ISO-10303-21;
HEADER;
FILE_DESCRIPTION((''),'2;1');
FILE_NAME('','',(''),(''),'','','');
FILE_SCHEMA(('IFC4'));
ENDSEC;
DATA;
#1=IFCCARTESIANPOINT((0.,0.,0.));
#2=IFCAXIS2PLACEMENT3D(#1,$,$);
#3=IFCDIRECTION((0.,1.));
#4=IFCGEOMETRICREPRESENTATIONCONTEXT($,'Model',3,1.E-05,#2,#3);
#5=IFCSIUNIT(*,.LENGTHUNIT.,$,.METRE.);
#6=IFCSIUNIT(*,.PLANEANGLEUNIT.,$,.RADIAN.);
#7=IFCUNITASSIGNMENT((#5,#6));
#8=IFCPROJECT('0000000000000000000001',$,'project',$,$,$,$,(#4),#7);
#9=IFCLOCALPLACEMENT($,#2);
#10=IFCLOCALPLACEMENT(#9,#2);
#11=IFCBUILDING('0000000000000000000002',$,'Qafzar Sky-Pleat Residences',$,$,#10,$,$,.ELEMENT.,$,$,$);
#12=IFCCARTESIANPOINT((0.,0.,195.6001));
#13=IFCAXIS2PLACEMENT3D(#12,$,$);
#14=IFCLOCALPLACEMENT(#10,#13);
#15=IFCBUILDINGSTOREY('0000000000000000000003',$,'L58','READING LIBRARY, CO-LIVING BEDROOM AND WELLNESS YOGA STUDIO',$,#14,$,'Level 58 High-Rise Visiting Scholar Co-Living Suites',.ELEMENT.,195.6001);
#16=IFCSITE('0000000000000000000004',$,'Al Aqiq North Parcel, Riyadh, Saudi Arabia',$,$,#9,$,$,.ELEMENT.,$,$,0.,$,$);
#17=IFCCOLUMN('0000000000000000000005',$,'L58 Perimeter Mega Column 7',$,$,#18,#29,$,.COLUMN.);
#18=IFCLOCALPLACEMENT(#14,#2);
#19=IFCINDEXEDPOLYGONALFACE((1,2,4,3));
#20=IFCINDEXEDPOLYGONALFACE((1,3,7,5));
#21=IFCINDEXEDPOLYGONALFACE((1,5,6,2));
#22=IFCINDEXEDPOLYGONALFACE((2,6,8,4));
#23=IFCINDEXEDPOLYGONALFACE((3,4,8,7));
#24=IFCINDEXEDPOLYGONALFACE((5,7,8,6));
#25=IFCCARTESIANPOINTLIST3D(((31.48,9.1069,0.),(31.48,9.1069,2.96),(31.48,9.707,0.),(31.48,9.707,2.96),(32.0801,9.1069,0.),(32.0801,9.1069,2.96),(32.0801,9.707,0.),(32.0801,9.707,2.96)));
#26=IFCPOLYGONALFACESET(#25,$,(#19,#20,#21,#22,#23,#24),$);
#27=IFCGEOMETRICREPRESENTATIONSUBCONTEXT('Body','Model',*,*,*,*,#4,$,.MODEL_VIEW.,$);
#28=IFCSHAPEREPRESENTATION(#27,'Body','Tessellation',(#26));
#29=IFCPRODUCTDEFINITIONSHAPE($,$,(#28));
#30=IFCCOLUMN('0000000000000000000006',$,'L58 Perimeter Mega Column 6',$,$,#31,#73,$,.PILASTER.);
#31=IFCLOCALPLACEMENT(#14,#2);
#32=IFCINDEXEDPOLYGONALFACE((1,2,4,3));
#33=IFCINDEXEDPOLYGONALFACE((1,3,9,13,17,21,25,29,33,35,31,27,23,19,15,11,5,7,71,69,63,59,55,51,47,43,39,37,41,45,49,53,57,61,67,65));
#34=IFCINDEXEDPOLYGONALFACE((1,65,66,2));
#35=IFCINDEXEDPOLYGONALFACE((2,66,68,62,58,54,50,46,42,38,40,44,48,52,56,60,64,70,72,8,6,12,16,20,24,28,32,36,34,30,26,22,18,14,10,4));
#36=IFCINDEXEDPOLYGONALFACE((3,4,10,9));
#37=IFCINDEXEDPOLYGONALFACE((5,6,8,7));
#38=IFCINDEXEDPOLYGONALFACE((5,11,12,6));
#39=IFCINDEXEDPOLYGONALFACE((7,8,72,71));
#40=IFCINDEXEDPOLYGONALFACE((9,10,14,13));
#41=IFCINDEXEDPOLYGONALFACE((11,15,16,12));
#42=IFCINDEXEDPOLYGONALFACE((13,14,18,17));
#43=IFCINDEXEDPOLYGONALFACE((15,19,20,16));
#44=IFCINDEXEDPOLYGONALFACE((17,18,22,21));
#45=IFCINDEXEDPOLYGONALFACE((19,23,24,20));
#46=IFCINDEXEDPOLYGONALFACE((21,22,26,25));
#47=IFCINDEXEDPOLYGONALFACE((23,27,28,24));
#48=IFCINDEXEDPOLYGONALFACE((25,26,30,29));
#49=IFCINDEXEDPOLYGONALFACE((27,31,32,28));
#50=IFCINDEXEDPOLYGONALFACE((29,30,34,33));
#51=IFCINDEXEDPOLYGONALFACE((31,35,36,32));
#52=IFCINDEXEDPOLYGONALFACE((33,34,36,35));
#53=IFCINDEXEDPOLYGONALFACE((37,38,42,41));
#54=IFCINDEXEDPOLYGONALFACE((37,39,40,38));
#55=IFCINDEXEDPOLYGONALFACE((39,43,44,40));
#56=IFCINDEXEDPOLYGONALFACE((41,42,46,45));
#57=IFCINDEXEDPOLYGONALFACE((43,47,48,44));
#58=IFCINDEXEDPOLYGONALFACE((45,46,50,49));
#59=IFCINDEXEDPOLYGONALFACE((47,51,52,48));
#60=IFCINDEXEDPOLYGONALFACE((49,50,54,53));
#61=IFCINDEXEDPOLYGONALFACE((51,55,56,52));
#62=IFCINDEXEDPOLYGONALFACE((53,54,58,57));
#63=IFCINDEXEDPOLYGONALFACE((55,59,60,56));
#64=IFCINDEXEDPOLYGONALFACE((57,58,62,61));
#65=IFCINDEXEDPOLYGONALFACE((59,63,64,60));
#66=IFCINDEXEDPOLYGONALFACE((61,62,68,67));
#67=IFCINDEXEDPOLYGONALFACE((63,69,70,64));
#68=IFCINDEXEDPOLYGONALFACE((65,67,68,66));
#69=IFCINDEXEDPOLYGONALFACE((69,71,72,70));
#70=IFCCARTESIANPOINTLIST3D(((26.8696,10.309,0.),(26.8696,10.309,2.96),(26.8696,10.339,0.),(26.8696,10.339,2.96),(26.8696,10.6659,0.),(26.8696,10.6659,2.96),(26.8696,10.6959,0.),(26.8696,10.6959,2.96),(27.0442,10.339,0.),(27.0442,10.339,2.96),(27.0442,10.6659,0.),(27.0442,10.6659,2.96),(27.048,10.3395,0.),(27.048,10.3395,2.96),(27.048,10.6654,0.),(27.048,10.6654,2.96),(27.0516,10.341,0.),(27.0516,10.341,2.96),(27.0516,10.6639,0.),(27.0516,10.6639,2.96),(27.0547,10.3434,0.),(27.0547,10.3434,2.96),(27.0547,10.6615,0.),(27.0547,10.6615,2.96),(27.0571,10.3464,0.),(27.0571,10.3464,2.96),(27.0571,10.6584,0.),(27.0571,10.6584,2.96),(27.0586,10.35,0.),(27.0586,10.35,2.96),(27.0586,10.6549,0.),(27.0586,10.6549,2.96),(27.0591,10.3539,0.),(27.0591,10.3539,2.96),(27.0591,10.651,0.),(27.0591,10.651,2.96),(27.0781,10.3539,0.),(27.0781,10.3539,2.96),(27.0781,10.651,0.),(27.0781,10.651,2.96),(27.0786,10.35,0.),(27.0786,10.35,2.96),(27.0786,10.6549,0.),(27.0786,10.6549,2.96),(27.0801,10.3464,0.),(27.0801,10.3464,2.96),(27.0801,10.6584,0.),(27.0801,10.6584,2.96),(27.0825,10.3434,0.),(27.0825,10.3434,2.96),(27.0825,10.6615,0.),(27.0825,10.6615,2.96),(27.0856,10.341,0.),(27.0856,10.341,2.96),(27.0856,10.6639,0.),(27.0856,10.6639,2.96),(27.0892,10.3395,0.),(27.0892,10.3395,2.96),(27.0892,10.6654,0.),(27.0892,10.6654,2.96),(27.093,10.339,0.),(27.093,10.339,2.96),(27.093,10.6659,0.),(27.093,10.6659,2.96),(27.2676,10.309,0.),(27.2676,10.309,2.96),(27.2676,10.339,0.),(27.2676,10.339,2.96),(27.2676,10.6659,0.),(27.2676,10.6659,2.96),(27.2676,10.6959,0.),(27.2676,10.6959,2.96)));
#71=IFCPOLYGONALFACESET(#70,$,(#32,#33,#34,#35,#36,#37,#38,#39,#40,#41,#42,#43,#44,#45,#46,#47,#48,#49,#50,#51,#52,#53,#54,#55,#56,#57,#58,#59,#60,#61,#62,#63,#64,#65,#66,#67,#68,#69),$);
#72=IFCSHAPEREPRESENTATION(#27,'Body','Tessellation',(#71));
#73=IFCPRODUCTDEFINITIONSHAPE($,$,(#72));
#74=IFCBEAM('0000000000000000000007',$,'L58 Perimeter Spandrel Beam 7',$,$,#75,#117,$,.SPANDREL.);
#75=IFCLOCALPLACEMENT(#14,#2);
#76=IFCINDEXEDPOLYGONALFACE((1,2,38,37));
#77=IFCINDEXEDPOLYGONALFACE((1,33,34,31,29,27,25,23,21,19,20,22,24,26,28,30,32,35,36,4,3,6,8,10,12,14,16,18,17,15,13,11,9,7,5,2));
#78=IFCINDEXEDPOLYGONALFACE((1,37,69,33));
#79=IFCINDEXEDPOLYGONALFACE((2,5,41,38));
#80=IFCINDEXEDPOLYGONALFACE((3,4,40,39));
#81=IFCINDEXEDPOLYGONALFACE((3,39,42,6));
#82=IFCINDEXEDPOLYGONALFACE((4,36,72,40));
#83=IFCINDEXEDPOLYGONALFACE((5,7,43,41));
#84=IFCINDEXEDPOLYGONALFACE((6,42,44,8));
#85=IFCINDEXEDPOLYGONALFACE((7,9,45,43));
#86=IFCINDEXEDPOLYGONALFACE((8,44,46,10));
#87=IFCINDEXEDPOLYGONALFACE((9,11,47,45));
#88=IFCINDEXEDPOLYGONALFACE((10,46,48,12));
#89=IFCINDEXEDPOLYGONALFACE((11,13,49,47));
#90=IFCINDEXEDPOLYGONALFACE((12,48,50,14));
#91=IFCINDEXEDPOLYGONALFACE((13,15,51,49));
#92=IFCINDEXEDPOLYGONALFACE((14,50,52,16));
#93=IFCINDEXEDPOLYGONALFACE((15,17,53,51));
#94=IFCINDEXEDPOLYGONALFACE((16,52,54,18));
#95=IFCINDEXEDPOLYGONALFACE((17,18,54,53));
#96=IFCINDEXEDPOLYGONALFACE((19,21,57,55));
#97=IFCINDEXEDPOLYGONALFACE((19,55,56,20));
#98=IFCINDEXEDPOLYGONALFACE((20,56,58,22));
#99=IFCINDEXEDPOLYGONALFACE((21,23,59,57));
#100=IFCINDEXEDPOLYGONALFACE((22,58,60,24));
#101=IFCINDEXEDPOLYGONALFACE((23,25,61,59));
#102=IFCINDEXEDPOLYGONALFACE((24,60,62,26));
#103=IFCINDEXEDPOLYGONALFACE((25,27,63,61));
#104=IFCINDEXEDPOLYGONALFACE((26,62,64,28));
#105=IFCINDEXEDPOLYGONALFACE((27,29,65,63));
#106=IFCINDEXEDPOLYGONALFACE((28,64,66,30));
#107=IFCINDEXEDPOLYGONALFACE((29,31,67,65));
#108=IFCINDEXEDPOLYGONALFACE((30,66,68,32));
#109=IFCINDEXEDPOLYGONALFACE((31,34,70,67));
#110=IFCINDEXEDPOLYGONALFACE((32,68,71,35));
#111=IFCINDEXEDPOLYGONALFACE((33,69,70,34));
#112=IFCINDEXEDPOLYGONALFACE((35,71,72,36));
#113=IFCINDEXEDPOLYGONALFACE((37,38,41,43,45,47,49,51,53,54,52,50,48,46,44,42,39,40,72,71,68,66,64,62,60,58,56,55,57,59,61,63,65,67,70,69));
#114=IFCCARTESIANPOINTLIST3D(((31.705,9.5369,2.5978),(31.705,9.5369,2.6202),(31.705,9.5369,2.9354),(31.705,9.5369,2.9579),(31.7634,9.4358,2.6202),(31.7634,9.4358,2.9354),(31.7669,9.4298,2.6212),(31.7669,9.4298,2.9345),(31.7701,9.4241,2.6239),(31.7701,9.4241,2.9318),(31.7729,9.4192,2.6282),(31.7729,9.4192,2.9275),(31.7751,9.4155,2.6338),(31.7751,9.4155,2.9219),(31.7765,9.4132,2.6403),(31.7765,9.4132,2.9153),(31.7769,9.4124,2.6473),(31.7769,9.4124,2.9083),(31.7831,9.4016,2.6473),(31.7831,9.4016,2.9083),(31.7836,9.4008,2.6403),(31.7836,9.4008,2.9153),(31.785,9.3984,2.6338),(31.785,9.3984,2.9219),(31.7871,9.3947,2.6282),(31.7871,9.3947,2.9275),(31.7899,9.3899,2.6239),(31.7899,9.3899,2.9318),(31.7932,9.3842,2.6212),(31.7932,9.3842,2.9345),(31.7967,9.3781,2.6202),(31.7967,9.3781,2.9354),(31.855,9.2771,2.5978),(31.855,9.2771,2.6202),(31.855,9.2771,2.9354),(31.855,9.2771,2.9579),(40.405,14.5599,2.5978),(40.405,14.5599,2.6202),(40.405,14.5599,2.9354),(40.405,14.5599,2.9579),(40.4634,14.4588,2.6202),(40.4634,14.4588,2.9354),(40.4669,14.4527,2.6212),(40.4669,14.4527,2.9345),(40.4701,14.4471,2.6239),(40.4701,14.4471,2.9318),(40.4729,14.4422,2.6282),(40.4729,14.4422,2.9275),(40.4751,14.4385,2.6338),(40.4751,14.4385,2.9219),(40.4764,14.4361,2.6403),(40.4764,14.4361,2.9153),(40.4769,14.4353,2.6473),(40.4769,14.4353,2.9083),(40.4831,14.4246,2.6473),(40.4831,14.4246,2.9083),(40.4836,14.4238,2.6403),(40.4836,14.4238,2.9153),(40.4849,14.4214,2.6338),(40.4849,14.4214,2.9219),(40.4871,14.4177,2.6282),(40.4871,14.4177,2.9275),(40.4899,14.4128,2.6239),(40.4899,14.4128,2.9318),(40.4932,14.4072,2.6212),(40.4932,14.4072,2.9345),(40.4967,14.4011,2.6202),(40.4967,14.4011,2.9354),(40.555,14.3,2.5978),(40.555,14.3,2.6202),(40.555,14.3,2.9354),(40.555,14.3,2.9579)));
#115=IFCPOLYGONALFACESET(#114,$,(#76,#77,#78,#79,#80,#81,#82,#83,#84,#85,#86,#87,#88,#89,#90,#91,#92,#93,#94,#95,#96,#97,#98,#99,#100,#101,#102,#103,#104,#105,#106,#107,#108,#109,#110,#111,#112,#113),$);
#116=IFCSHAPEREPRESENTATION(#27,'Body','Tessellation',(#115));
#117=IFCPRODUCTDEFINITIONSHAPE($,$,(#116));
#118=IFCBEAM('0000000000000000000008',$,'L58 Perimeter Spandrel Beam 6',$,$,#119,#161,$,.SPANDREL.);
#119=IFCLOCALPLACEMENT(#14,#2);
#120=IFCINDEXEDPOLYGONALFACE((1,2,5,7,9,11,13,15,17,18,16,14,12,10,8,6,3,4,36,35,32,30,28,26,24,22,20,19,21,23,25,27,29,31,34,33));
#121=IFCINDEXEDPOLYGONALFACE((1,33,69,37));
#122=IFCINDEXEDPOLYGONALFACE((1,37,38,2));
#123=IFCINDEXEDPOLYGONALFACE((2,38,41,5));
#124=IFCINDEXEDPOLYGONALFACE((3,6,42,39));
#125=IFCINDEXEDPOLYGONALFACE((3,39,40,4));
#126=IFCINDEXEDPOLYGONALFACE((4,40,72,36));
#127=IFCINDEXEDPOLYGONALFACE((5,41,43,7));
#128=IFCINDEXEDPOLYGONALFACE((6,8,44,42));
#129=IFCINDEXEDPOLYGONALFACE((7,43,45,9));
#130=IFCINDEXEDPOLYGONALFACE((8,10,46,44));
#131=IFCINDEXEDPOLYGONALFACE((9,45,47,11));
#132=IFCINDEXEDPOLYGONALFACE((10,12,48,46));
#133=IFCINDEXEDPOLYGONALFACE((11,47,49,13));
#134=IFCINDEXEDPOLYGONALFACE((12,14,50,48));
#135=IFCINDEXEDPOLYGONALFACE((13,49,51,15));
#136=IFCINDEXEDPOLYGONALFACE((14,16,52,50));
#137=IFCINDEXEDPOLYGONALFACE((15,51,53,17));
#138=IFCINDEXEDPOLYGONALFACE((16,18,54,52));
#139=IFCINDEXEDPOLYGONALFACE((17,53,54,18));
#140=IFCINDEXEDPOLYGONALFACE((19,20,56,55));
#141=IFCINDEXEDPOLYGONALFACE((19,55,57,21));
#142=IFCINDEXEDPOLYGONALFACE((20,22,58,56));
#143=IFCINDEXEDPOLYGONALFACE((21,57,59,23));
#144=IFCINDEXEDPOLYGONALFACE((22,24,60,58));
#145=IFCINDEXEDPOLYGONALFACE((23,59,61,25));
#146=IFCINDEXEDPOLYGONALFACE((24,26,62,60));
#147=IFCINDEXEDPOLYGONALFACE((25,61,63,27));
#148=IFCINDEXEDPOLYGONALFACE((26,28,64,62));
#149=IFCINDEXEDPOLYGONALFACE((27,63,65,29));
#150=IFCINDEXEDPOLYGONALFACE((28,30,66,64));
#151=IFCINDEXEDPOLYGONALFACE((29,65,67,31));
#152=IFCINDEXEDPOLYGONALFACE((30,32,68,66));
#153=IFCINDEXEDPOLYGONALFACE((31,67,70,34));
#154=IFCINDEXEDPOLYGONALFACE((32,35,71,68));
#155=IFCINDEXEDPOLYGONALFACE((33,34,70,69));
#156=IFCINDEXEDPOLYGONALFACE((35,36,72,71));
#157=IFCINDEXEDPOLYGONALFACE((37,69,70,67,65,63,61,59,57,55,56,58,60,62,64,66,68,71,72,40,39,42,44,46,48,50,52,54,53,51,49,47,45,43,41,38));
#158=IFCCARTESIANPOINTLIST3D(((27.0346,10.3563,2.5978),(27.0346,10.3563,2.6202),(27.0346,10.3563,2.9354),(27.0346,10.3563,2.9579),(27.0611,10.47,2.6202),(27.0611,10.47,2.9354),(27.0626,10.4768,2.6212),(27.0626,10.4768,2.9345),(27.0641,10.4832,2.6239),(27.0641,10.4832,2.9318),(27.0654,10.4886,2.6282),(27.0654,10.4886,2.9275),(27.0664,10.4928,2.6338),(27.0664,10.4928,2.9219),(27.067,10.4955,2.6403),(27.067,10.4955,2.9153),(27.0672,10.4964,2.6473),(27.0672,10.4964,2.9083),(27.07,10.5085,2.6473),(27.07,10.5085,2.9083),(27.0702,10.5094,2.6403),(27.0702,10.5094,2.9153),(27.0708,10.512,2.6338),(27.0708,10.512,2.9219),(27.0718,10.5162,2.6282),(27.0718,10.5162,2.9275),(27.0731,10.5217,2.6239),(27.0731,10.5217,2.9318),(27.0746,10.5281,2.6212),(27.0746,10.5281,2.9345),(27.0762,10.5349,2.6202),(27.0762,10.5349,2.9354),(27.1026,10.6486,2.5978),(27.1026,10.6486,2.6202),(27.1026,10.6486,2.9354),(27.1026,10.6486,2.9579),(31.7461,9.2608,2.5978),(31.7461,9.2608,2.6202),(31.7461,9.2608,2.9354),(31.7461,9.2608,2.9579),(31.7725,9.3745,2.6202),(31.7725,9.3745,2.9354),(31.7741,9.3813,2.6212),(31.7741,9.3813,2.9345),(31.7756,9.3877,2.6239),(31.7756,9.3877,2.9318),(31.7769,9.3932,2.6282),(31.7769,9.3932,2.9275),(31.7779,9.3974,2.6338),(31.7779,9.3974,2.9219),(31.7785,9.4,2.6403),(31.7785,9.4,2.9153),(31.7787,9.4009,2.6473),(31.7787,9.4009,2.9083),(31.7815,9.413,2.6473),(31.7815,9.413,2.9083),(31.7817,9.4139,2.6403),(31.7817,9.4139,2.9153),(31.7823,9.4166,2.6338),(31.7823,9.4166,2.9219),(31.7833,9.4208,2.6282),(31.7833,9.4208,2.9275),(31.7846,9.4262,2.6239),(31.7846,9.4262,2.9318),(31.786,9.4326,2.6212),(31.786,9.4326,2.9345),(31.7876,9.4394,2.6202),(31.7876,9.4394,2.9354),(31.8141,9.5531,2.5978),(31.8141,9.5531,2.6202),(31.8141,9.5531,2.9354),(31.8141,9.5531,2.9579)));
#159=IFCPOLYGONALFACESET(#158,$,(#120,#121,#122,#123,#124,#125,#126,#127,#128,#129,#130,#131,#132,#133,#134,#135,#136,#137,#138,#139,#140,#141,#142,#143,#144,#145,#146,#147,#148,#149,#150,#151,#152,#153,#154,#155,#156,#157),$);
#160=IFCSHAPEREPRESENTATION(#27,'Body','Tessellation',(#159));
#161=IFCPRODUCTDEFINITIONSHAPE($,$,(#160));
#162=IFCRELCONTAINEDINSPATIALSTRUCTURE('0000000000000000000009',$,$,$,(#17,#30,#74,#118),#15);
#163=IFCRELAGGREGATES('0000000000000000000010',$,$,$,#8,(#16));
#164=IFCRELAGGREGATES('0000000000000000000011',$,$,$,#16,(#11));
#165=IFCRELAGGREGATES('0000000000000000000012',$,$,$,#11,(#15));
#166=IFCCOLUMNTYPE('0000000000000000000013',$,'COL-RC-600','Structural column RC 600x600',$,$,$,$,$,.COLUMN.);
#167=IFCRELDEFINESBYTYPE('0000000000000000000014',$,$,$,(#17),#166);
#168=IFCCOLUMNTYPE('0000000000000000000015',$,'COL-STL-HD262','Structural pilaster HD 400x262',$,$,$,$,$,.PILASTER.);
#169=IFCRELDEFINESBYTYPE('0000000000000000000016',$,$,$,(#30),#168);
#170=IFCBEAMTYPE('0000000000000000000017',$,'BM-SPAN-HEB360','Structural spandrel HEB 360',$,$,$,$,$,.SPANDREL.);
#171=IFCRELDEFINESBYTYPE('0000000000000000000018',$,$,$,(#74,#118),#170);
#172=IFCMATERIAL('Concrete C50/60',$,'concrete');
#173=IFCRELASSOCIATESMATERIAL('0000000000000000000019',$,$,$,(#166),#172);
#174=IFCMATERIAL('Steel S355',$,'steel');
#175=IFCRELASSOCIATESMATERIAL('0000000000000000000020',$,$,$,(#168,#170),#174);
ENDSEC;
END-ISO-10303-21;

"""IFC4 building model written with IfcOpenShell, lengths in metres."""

from ifc_helpers import new_model, si_unit, direction, frame, origin, origin_2d, place, context, subcontext, project, spatial, rectangle, i_section, extrude, source, transform, mapped, material, material_profile, profile_set, type_object, element, save


model = new_model("IFC4")

# Units and contexts
model_context = context("Model", 3, precision=1e-05, world=origin(), true_north=direction((0.0, 1.0)))
body_context = subcontext(model_context, "Body", "Model", "MODEL_VIEW")
ifc_project = project(units=[si_unit("LENGTHUNIT", "METRE"), si_unit("PLANEANGLEUNIT", "RADIAN")], contexts=[model_context])

# Site, building, storey
site_placement = place(None, origin())
site = spatial("IfcSite", under=ifc_project, at=site_placement, Name="Al Aqiq North Parcel, Riyadh, Saudi Arabia", CompositionType="ELEMENT", RefElevation=0.0)
building_placement = place(site_placement, origin())
building = spatial("IfcBuilding", under=site, at=building_placement, Name="Qafzar Sky-Pleat Residences", CompositionType="ELEMENT")
storey_placement = place(building_placement, frame((0.0, 0.0, 195.6001)))
storey = spatial("IfcBuildingStorey", under=building, at=storey_placement, Name="L58", Description="READING LIBRARY, CO-LIVING BEDROOM AND WELLNESS YOGA STUDIO", LongName="Level 58 High-Rise Visiting Scholar Co-Living Suites", CompositionType="ELEMENT", Elevation=195.6001)

# Columns
ifc_material_1 = material(Name="Concrete C50/60", Category="concrete")
ifc_material_profile_1 = material_profile(ifc_material_1, rectangle(XDim=0.6001, YDim=0.6001, at=origin_2d()), Name="RC 600x600")
ifc_profile_set_1 = profile_set([ifc_material_profile_1], Name="Concrete C50/60")
column_type_1 = type_object("IfcColumnType", Name="COL-RC-600", Description="Structural column RC 600x600", PredefinedType="COLUMN", material=ifc_profile_set_1)
shared_shape_1 = source(origin(), body_context, "Body", "SweptSolid", [
    extrude(rectangle(XDim=0.6001, YDim=0.6001, at=origin_2d()), origin(), (0.0, 0.0, 1.0), 2.96),
])
column_1_placement = place(storey_placement, frame((31.78, 9.407, 0.0), z_axis=(0.0, 0.0, 1.0), x_axis=(1.0, 0.0, 0.0)))
element("IfcColumn", 1, at=column_1_placement, inside=storey, type_object=column_type_1, Name="L58 Perimeter Mega Column 7", PredefinedType="COLUMN", context=body_context, shape_type="MappedRepresentation", body=[
    mapped(shared_shape_1, transform((0.0, 0.0, 0.0), x_axis=(1.0, 0.0, 0.0), y_axis=(0.0, 1.0, 0.0), z_axis=(0.0, 0.0, 1.0), scale=1.0)),
])
ifc_material_2 = material(Name="Steel S355", Category="steel")
ifc_material_profile_2 = material_profile(ifc_material_2, i_section(OverallWidth=0.3979, OverallDepth=0.387, WebThickness=0.019, FlangeThickness=0.03, FilletRadius=0.0149, at=origin_2d()), Name="HD 400x262")
ifc_profile_set_2 = profile_set([ifc_material_profile_2], Name="Steel S355")
column_type_2 = type_object("IfcColumnType", Name="COL-STL-HD262", Description="Structural pilaster HD 400x262", PredefinedType="PILASTER", material=ifc_profile_set_2)
shared_shape_2 = source(origin(), body_context, "Body", "SweptSolid", [
    extrude(i_section(OverallWidth=0.3979, OverallDepth=0.387, WebThickness=0.019, FlangeThickness=0.03, FilletRadius=0.0149, at=origin_2d()), origin(), (0.0, 0.0, 1.0), 2.96),
])
column_2_placement = place(storey_placement, frame((27.0686, 10.5024, 0.0), z_axis=(0.0, 0.0, 1.0), x_axis=(1.0, 0.0, 0.0)))
element("IfcColumn", 2, at=column_2_placement, inside=storey, type_object=column_type_2, Name="L58 Perimeter Mega Column 6", PredefinedType="PILASTER", context=body_context, shape_type="MappedRepresentation", body=[
    mapped(shared_shape_2, transform((0.0, 0.0, 0.0), x_axis=(1.0, 0.0, 0.0), y_axis=(0.0, 1.0, 0.0), z_axis=(0.0, 0.0, 1.0), scale=1.0)),
])

# Beams
ifc_material_profile_3 = material_profile(ifc_material_2, i_section(OverallWidth=0.3, OverallDepth=0.3601, WebThickness=0.0125, FlangeThickness=0.0225, FilletRadius=0.0271, at=origin_2d()), Name="HEB 360")
ifc_profile_set_3 = profile_set([ifc_material_profile_3], Name="Steel S355")
beam_type_1 = type_object("IfcBeamType", Name="BM-SPAN-HEB360", Description="Structural spandrel HEB 360", PredefinedType="SPANDREL", material=ifc_profile_set_3)
shared_shape_3 = source(origin(), body_context, "Body", "SweptSolid", [
    extrude(i_section(OverallWidth=0.3, OverallDepth=0.3601, WebThickness=0.0125, FlangeThickness=0.0225, FilletRadius=0.0271, at=origin_2d()), origin(), (0.0, 0.0, 1.0), 10.0459),
])
beam_1_placement = place(storey_placement, frame((31.78, 9.407, 2.7778), z_axis=(0.866024, 0.500002, 0.0), x_axis=(-0.500002, 0.866024, 0.0)))
element("IfcBeam", 3, at=beam_1_placement, inside=storey, type_object=beam_type_1, Name="L58 Perimeter Spandrel Beam 7", PredefinedType="SPANDREL", context=body_context, shape_type="MappedRepresentation", body=[
    mapped(shared_shape_3, transform((0.0, 0.0, 0.0), x_axis=(1.0, 0.0, 0.0), y_axis=(0.0, 1.0, 0.0), z_axis=(0.0, 0.0, 1.0), scale=1.0)),
])
shared_shape_4 = source(origin(), body_context, "Body", "SweptSolid", [
    extrude(i_section(OverallWidth=0.3, OverallDepth=0.3601, WebThickness=0.0125, FlangeThickness=0.0225, FilletRadius=0.0271, at=origin_2d()), origin(), (0.0, 0.0, 1.0), 4.8372),
])
beam_2_placement = place(storey_placement, frame((27.0686, 10.5024, 2.7778), z_axis=(0.974018, -0.22647, 0.0), x_axis=(0.22647, 0.974018, 0.0)))
element("IfcBeam", 4, at=beam_2_placement, inside=storey, type_object=beam_type_1, Name="L58 Perimeter Spandrel Beam 6", PredefinedType="SPANDREL", context=body_context, shape_type="MappedRepresentation", body=[
    mapped(shared_shape_4, transform((0.0, 0.0, 0.0), x_axis=(1.0, 0.0, 0.0), y_axis=(0.0, 1.0, 0.0), z_axis=(0.0, 0.0, 1.0), scale=1.0)),
])

save(model, "model.ifc")
